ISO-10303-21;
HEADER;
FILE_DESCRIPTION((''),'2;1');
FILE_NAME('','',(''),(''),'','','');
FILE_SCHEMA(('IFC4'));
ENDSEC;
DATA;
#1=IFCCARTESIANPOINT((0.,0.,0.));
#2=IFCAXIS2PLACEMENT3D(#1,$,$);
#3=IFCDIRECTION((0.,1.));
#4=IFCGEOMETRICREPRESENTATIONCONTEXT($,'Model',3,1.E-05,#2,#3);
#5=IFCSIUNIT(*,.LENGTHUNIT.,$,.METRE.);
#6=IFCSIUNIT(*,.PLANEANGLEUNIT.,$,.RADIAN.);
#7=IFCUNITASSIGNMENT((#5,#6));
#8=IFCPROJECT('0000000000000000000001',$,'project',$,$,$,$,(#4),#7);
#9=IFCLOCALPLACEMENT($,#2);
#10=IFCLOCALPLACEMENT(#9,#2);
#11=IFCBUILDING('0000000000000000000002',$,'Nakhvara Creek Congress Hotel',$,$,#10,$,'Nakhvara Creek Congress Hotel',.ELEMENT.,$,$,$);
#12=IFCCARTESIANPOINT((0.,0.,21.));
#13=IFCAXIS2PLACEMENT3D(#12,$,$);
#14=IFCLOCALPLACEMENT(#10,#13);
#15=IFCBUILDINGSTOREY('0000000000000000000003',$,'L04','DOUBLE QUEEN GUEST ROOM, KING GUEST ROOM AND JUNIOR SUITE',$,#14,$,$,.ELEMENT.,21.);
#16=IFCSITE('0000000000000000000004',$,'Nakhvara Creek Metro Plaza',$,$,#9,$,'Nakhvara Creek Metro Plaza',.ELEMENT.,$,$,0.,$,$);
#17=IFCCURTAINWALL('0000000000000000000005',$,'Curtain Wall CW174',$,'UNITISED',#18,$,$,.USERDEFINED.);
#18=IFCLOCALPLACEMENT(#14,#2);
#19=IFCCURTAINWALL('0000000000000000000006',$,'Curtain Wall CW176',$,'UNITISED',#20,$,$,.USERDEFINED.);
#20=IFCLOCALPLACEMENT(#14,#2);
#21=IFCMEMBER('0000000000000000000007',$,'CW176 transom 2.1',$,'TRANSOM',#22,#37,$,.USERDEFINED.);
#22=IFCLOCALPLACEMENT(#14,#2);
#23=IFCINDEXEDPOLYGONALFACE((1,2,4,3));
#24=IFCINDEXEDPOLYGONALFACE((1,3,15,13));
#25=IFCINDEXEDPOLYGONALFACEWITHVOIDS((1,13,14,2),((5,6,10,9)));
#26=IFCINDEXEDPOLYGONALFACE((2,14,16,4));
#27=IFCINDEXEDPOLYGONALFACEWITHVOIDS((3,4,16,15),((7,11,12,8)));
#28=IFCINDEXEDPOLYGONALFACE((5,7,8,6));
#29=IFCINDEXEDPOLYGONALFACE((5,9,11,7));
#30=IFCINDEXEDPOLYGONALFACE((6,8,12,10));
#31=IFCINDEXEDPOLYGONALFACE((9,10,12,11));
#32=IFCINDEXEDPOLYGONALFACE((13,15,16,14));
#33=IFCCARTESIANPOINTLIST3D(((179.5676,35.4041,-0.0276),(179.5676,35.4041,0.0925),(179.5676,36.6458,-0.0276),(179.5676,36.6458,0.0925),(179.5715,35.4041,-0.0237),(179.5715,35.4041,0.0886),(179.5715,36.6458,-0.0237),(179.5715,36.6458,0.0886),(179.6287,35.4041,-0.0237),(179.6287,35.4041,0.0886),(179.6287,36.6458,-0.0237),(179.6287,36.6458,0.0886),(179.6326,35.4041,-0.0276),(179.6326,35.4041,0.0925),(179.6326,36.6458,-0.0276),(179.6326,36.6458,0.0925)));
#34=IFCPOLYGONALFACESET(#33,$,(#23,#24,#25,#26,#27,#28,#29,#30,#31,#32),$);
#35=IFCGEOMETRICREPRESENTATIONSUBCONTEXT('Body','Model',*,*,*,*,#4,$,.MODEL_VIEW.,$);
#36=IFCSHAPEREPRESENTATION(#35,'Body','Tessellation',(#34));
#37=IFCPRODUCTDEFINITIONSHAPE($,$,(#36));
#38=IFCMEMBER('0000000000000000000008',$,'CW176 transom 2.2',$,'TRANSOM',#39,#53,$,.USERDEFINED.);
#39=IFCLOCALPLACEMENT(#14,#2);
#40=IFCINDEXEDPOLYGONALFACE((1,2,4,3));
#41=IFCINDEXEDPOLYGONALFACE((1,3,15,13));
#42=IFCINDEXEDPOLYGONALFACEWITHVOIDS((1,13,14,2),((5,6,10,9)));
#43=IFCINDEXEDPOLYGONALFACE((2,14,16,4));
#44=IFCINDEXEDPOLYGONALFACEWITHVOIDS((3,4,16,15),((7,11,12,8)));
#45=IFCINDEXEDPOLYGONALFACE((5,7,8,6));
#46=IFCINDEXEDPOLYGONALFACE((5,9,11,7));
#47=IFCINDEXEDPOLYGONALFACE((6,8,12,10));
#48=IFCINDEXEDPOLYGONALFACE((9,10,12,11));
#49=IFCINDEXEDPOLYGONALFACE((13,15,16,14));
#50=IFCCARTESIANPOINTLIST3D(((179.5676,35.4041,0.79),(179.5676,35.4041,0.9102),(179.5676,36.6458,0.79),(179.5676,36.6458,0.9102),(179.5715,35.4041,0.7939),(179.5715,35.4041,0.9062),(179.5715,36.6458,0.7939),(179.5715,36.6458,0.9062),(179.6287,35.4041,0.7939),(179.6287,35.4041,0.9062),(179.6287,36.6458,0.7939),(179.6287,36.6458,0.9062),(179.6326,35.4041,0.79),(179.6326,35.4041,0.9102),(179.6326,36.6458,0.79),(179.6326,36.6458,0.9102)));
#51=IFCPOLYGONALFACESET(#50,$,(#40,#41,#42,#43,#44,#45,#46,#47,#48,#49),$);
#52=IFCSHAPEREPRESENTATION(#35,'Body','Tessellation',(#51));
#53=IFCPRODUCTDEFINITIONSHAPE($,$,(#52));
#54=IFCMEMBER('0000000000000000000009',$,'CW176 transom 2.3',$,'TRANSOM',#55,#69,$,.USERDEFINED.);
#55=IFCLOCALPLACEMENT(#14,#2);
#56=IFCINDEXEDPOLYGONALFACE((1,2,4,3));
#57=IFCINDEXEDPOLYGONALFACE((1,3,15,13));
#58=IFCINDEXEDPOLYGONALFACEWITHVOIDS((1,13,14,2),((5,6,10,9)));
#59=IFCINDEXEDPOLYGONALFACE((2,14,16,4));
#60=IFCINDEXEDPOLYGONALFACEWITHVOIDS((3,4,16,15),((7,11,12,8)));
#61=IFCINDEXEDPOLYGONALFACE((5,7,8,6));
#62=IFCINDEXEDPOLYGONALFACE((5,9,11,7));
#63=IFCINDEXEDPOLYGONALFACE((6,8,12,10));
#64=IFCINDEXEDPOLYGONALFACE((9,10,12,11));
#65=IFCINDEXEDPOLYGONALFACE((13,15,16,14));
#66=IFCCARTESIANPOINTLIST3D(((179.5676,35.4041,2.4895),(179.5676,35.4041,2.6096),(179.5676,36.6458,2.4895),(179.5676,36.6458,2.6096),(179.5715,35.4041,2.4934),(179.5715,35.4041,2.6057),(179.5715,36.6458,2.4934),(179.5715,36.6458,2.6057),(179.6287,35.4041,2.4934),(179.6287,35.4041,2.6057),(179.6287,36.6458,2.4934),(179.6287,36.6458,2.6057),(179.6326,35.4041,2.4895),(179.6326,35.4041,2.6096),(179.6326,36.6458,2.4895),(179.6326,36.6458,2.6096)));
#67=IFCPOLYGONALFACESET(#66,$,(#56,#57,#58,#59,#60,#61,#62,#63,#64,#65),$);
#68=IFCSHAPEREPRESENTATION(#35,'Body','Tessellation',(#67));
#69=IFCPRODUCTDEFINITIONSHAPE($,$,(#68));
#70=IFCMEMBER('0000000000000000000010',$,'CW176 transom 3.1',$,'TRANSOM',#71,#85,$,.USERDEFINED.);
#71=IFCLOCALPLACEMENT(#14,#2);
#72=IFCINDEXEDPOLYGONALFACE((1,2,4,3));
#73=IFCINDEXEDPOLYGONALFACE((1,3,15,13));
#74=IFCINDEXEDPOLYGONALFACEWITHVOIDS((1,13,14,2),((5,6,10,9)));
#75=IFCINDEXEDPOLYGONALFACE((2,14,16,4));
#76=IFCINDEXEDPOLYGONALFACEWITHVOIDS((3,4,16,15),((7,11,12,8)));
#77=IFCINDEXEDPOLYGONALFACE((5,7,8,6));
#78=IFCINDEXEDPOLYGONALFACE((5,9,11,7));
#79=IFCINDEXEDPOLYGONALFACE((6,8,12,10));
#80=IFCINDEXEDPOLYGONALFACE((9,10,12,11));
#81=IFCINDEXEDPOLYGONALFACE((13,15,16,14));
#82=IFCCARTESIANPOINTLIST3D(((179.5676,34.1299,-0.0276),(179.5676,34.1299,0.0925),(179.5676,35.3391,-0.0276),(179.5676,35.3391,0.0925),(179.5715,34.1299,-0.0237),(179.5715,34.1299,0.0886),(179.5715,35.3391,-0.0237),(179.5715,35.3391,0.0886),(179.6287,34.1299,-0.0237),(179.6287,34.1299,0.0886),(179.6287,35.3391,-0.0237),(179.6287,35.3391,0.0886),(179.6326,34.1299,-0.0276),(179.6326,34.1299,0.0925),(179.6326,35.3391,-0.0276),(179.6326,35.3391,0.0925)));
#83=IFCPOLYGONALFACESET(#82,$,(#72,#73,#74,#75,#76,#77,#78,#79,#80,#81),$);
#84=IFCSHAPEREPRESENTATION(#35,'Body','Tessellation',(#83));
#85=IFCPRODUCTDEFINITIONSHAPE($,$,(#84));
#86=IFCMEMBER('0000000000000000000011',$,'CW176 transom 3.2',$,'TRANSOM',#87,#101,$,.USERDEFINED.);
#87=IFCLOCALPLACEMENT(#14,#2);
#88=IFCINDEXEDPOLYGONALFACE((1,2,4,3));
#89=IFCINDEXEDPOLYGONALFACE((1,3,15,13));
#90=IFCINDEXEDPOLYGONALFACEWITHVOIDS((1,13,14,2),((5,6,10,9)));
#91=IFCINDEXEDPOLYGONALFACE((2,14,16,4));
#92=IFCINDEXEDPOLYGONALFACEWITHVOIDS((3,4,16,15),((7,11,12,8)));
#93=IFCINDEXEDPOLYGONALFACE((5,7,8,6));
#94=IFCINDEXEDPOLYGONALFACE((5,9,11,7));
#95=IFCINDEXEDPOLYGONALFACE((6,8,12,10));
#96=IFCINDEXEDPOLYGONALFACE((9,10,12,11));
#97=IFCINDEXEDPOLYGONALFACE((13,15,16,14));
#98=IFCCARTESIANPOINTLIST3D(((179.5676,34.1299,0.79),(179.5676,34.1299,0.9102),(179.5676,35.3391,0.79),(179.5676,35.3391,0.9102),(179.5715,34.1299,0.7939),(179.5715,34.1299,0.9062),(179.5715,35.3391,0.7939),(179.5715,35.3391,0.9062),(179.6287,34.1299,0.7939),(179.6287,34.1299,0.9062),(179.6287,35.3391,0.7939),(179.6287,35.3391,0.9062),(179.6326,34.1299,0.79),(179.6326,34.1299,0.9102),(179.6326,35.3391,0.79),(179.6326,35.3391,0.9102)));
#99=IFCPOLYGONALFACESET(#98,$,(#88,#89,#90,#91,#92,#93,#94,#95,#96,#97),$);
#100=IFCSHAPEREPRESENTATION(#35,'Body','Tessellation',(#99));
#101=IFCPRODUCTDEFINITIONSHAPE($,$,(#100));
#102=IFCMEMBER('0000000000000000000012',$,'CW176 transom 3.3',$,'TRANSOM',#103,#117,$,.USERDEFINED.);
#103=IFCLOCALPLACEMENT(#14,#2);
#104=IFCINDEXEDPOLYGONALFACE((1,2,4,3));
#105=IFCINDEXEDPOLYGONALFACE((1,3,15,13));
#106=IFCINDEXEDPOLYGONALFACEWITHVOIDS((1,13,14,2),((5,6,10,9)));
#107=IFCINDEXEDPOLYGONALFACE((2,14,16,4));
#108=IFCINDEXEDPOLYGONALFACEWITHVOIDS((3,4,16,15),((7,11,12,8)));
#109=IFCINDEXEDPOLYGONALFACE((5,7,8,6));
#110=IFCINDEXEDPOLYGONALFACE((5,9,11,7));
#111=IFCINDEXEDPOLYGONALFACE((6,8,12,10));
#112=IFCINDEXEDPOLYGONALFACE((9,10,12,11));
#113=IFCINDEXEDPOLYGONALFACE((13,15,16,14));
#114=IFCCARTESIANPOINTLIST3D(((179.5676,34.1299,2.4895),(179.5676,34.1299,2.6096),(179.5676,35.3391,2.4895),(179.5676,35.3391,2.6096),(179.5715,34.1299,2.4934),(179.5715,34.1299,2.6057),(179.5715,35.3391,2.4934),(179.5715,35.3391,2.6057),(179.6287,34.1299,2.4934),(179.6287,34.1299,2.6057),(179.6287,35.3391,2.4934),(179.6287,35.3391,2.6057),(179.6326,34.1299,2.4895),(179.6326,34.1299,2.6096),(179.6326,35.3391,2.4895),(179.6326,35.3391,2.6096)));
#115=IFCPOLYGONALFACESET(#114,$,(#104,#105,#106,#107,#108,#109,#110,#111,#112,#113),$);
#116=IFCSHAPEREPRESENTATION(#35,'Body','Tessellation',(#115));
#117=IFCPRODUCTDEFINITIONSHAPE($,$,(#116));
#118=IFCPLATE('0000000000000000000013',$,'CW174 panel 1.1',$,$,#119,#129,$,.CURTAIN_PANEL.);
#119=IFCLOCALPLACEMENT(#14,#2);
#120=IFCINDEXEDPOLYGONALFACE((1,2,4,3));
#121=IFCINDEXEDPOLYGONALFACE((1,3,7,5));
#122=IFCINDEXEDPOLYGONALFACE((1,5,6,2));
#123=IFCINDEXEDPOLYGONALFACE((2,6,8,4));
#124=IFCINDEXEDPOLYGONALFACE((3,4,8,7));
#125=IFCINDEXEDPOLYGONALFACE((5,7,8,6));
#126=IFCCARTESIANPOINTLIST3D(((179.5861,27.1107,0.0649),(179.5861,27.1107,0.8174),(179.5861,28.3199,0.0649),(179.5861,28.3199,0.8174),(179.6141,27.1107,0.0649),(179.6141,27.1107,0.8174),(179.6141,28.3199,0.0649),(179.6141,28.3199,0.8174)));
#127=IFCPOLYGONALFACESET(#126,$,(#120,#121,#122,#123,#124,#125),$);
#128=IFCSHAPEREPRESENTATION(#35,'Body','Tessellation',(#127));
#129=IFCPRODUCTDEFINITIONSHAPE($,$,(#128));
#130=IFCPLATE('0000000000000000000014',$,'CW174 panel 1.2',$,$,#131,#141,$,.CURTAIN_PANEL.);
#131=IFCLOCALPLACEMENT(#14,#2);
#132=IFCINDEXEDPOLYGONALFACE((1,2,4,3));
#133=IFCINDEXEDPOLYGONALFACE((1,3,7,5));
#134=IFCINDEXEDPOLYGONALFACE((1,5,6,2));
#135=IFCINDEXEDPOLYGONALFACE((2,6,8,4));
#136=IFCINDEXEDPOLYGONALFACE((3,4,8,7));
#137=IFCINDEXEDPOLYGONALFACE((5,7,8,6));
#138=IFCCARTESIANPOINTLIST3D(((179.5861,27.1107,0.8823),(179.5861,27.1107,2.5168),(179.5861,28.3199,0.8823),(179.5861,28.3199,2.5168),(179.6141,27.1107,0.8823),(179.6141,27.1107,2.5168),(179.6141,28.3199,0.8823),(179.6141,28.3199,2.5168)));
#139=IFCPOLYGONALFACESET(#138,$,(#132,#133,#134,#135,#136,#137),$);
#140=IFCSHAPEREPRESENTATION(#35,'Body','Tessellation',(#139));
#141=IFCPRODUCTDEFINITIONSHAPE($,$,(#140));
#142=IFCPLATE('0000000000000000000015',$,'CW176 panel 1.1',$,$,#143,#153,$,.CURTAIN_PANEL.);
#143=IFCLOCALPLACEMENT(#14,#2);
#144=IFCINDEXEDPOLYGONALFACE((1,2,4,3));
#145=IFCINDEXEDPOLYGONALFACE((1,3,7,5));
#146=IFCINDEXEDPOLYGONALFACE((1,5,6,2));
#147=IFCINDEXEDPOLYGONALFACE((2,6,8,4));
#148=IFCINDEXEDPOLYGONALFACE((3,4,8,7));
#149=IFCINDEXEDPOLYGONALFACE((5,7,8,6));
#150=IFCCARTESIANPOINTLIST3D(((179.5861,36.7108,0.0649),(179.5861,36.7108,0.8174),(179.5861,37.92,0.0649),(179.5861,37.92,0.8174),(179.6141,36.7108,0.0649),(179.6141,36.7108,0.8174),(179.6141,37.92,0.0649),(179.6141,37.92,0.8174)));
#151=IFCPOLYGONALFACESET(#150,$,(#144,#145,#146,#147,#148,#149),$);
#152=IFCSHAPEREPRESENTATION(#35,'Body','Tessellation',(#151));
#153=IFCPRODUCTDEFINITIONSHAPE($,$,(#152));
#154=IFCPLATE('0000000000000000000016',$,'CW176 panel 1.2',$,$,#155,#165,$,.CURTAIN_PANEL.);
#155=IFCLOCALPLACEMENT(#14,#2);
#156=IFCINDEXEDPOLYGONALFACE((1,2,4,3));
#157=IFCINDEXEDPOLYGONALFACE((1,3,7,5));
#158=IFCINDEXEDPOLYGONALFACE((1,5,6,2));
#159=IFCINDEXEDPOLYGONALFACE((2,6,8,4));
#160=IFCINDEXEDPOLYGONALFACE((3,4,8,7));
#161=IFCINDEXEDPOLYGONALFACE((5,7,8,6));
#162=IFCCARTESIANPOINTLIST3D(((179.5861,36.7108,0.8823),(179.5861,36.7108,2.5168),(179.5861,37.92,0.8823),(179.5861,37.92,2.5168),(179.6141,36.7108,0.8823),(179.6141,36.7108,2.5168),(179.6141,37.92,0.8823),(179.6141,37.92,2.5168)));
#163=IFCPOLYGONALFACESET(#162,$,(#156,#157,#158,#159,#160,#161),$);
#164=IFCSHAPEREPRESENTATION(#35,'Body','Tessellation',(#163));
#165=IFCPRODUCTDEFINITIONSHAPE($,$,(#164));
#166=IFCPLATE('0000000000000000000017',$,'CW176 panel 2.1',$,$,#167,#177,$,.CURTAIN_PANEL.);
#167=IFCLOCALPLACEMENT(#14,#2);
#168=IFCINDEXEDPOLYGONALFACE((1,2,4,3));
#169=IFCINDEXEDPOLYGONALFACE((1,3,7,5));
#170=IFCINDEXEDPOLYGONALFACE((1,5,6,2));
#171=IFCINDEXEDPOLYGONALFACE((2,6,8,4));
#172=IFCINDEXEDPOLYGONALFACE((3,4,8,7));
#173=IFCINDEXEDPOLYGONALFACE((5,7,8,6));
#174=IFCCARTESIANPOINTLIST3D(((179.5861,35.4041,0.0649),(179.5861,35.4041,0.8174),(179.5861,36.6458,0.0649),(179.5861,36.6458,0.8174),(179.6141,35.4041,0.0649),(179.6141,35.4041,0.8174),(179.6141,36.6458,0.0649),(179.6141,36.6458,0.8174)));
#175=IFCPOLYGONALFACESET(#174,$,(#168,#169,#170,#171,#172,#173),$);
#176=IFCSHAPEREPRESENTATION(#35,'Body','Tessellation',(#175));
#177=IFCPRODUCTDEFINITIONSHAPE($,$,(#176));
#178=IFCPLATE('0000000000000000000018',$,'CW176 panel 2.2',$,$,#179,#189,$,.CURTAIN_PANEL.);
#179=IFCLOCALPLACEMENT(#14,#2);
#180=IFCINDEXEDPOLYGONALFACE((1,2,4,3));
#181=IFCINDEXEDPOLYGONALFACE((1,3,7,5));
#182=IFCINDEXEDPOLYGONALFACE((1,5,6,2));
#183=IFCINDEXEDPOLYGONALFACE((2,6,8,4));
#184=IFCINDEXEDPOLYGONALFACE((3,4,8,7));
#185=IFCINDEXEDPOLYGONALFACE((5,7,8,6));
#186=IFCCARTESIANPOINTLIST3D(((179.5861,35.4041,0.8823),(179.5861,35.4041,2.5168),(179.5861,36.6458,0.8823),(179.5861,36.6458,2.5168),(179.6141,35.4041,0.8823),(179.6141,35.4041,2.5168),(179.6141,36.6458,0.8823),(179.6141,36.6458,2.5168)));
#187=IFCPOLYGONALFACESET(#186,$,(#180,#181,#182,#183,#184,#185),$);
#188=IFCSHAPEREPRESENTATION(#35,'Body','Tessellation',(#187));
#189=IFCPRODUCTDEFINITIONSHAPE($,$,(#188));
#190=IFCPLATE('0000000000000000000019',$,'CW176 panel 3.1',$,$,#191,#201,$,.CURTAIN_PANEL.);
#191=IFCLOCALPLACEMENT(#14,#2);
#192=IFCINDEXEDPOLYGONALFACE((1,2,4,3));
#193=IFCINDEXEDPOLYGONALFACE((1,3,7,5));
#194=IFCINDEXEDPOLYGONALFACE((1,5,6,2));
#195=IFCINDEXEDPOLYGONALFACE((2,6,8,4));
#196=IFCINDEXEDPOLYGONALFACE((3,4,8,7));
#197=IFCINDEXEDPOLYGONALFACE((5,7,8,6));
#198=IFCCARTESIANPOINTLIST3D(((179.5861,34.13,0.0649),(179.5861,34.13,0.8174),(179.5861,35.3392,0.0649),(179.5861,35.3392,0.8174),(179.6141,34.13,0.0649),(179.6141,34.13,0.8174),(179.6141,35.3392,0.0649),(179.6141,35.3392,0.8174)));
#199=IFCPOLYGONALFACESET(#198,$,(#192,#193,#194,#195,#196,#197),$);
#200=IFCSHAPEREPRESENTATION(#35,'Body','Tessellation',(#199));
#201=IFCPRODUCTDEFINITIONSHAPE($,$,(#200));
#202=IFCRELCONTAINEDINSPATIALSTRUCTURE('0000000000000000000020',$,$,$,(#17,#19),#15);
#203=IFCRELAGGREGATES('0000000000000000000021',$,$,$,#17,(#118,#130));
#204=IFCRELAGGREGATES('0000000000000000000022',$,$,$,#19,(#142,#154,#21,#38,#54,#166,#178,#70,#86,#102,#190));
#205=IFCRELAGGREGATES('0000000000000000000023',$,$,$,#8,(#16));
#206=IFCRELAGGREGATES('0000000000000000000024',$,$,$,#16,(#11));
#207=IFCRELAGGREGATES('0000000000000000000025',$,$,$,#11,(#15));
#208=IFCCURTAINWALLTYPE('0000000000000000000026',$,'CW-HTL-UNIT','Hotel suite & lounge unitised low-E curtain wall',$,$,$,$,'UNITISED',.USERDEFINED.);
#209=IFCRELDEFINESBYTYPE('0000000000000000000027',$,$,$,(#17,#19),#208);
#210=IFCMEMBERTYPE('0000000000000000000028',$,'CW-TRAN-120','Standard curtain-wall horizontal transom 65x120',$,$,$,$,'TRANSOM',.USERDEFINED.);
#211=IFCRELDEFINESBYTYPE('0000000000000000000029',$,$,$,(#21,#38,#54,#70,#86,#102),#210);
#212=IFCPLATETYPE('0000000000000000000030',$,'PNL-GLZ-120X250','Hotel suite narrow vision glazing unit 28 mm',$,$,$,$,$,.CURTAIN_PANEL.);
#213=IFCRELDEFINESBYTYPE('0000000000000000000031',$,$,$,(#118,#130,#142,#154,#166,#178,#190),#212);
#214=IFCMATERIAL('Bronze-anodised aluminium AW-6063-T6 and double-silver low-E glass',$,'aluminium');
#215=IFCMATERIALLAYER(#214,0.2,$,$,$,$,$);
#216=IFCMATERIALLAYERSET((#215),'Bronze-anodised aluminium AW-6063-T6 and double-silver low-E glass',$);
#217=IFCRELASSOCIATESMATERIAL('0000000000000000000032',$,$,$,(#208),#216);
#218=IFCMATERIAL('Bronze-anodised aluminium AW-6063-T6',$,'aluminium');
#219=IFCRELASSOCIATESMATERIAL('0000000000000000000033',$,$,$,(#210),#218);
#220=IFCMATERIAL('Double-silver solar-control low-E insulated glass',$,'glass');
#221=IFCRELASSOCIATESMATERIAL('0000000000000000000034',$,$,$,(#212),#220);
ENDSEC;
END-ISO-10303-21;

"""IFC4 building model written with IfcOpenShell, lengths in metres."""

from ifc_helpers import new_model, si_unit, direction, frame, origin, origin_2d, place, context, subcontext, project, spatial, rectangle, hollow_rectangle, extrude, material, layer, layer_set, material_profile, profile_set, type_object, element, aggregate, save


model = new_model("IFC4")

# Units and contexts
model_context = context("Model", 3, precision=1e-05, world=origin(), true_north=direction((0.0, 1.0)))
body_context = subcontext(model_context, "Body", "Model", "MODEL_VIEW")
ifc_project = project(units=[si_unit("LENGTHUNIT", "METRE"), si_unit("PLANEANGLEUNIT", "RADIAN")], contexts=[model_context])

# Site, building, storey
site_placement = place(None, origin())
site = spatial("IfcSite", under=ifc_project, at=site_placement, Name="Nakhvara Creek Metro Plaza", LongName="Nakhvara Creek Metro Plaza", CompositionType="ELEMENT", RefElevation=0.0)
building_placement = place(site_placement, origin())
building = spatial("IfcBuilding", under=site, at=building_placement, Name="Nakhvara Creek Congress Hotel", LongName="Nakhvara Creek Congress Hotel", CompositionType="ELEMENT")
storey_placement = place(building_placement, frame((0.0, 0.0, 21.0)))
storey = spatial("IfcBuildingStorey", under=building, at=storey_placement, Name="L04", Description="DOUBLE QUEEN GUEST ROOM, KING GUEST ROOM AND JUNIOR SUITE", CompositionType="ELEMENT", Elevation=21.0)

# Curtain wall
ifc_material_1 = material(Name="Bronze-anodised aluminium AW-6063-T6 and double-silver low-E glass", Category="aluminium")
ifc_layer_1 = layer(ifc_material_1, 0.2)
ifc_layer_set_1 = layer_set([ifc_layer_1], Name="Bronze-anodised aluminium AW-6063-T6 and double-silver low-E glass")
curtain_wall_type = type_object("IfcCurtainWallType", Name="CW-HTL-UNIT", Description="Hotel suite & lounge unitised low-E curtain wall", ElementType="UNITISED", PredefinedType="USERDEFINED", material=ifc_layer_set_1)
curtain_wall_1_placement = place(storey_placement, origin())
curtain_wall_1 = element("IfcCurtainWall", 1, at=curtain_wall_1_placement, inside=storey, type_object=curtain_wall_type, Name="Curtain Wall CW174", ObjectType="UNITISED", PredefinedType="USERDEFINED")
ifc_material_2 = material(Name="Bronze-anodised aluminium AW-6063-T6", Category="aluminium")

# Curtain wall
curtain_wall_2_placement = place(storey_placement, origin())
curtain_wall_2 = element("IfcCurtainWall", 2, at=curtain_wall_2_placement, inside=storey, type_object=curtain_wall_type, Name="Curtain Wall CW176", ObjectType="UNITISED", PredefinedType="USERDEFINED")

# Members
ifc_material_profile_1 = material_profile(ifc_material_2, hollow_rectangle(XDim=0.0649, YDim=0.1201, WallThickness=0.0039, at=origin_2d()), Name="ALU-TRAN 65x120x4", Category="LoadBearing")
ifc_profile_set_1 = profile_set([ifc_material_profile_1], Name="Bronze-anodised aluminium AW-6063-T6")
member_type_1 = type_object("IfcMemberType", Name="CW-TRAN-120", Description="Standard curtain-wall horizontal transom 65x120", ElementType="TRANSOM", PredefinedType="USERDEFINED", material=ifc_profile_set_1)
member_1_placement = place(storey_placement, frame((179.6001, 36.6458, 0.0325), z_axis=(0.0, -1.0, 0.0), x_axis=(1.0, 0.0, 0.0)))
member_1 = element("IfcMember", 3, at=member_1_placement, type_object=member_type_1, Name="CW176 transom 2.1", ObjectType="TRANSOM", PredefinedType="USERDEFINED", context=body_context, shape_type="SweptSolid", body=[
    extrude(hollow_rectangle(XDim=0.0649, YDim=0.1201, WallThickness=0.0039, at=origin_2d()), origin(), (0.0, 0.0, 1.0), 1.2417),
])
member_2_placement = place(storey_placement, frame((179.6001, 36.6458, 0.8501), z_axis=(0.0, -1.0, 0.0), x_axis=(1.0, 0.0, 0.0)))
member_2 = element("IfcMember", 4, at=member_2_placement, type_object=member_type_1, Name="CW176 transom 2.2", ObjectType="TRANSOM", PredefinedType="USERDEFINED", context=body_context, shape_type="SweptSolid", body=[
    extrude(hollow_rectangle(XDim=0.0649, YDim=0.1201, WallThickness=0.0039, at=origin_2d()), origin(), (0.0, 0.0, 1.0), 1.2417),
])
member_3_placement = place(storey_placement, frame((179.6001, 36.6458, 2.5496), z_axis=(0.0, -1.0, 0.0), x_axis=(1.0, 0.0, 0.0)))
member_3 = element("IfcMember", 5, at=member_3_placement, type_object=member_type_1, Name="CW176 transom 2.3", ObjectType="TRANSOM", PredefinedType="USERDEFINED", context=body_context, shape_type="SweptSolid", body=[
    extrude(hollow_rectangle(XDim=0.0649, YDim=0.1201, WallThickness=0.0039, at=origin_2d()), origin(), (0.0, 0.0, 1.0), 1.2417),
])
member_4_placement = place(storey_placement, frame((179.6001, 35.3391, 0.0325), z_axis=(0.0, -1.0, 0.0), x_axis=(1.0, 0.0, 0.0)))
member_4 = element("IfcMember", 6, at=member_4_placement, type_object=member_type_1, Name="CW176 transom 3.1", ObjectType="TRANSOM", PredefinedType="USERDEFINED", context=body_context, shape_type="SweptSolid", body=[
    extrude(hollow_rectangle(XDim=0.0649, YDim=0.1201, WallThickness=0.0039, at=origin_2d()), origin(), (0.0, 0.0, 1.0), 1.2092),
])
member_5_placement = place(storey_placement, frame((179.6001, 35.3391, 0.8501), z_axis=(0.0, -1.0, 0.0), x_axis=(1.0, 0.0, 0.0)))
member_5 = element("IfcMember", 7, at=member_5_placement, type_object=member_type_1, Name="CW176 transom 3.2", ObjectType="TRANSOM", PredefinedType="USERDEFINED", context=body_context, shape_type="SweptSolid", body=[
    extrude(hollow_rectangle(XDim=0.0649, YDim=0.1201, WallThickness=0.0039, at=origin_2d()), origin(), (0.0, 0.0, 1.0), 1.2092),
])
member_6_placement = place(storey_placement, frame((179.6001, 35.3391, 2.5496), z_axis=(0.0, -1.0, 0.0), x_axis=(1.0, 0.0, 0.0)))
member_6 = element("IfcMember", 8, at=member_6_placement, type_object=member_type_1, Name="CW176 transom 3.3", ObjectType="TRANSOM", PredefinedType="USERDEFINED", context=body_context, shape_type="SweptSolid", body=[
    extrude(hollow_rectangle(XDim=0.0649, YDim=0.1201, WallThickness=0.0039, at=origin_2d()), origin(), (0.0, 0.0, 1.0), 1.2092),
])

# Plates
ifc_material_3 = material(Name="Double-silver solar-control low-E insulated glass", Category="glass")
plate_type = type_object("IfcPlateType", Name="PNL-GLZ-120X250", Description="Hotel suite narrow vision glazing unit 28 mm", PredefinedType="CURTAIN_PANEL", material=ifc_material_3)
plate_1_placement = place(storey_placement, frame((179.6001, 27.7153, 0.0649), z_axis=(0.0, 0.0, 1.0), x_axis=(0.0, -1.0, 0.0)))
plate_1 = element("IfcPlate", 9, at=plate_1_placement, type_object=plate_type, Name="CW174 panel 1.1", PredefinedType="CURTAIN_PANEL", context=body_context, shape_type="SweptSolid", body=[
    extrude(rectangle(XDim=1.2092, YDim=0.0281, at=origin_2d()), origin(), (0.0, 0.0, 1.0), 0.7524),
])
plate_2_placement = place(storey_placement, frame((179.6001, 27.7153, 0.8823), z_axis=(0.0, 0.0, 1.0), x_axis=(0.0, -1.0, 0.0)))
plate_2 = element("IfcPlate", 10, at=plate_2_placement, type_object=plate_type, Name="CW174 panel 1.2", PredefinedType="CURTAIN_PANEL", context=body_context, shape_type="SweptSolid", body=[
    extrude(rectangle(XDim=1.2092, YDim=0.0281, at=origin_2d()), origin(), (0.0, 0.0, 1.0), 1.6345),
])
aggregate(curtain_wall_1, [plate_1, plate_2])
plate_3_placement = place(storey_placement, frame((179.6001, 37.3154, 0.0649), z_axis=(0.0, 0.0, 1.0), x_axis=(0.0, -1.0, 0.0)))
plate_3 = element("IfcPlate", 11, at=plate_3_placement, type_object=plate_type, Name="CW176 panel 1.1", PredefinedType="CURTAIN_PANEL", context=body_context, shape_type="SweptSolid", body=[
    extrude(rectangle(XDim=1.2092, YDim=0.0281, at=origin_2d()), origin(), (0.0, 0.0, 1.0), 0.7524),
])
plate_4_placement = place(storey_placement, frame((179.6001, 37.3154, 0.8823), z_axis=(0.0, 0.0, 1.0), x_axis=(0.0, -1.0, 0.0)))
plate_4 = element("IfcPlate", 12, at=plate_4_placement, type_object=plate_type, Name="CW176 panel 1.2", PredefinedType="CURTAIN_PANEL", context=body_context, shape_type="SweptSolid", body=[
    extrude(rectangle(XDim=1.2092, YDim=0.0281, at=origin_2d()), origin(), (0.0, 0.0, 1.0), 1.6345),
])
plate_5_placement = place(storey_placement, frame((179.6001, 36.0249, 0.0649), z_axis=(0.0, 0.0, 1.0), x_axis=(0.0, -1.0, 0.0)))
plate_5 = element("IfcPlate", 13, at=plate_5_placement, type_object=plate_type, Name="CW176 panel 2.1", PredefinedType="CURTAIN_PANEL", context=body_context, shape_type="SweptSolid", body=[
    extrude(rectangle(XDim=1.2417, YDim=0.0281, at=origin_2d()), origin(), (0.0, 0.0, 1.0), 0.7524),
])
plate_6_placement = place(storey_placement, frame((179.6001, 36.0249, 0.8823), z_axis=(0.0, 0.0, 1.0), x_axis=(0.0, -1.0, 0.0)))
plate_6 = element("IfcPlate", 14, at=plate_6_placement, type_object=plate_type, Name="CW176 panel 2.2", PredefinedType="CURTAIN_PANEL", context=body_context, shape_type="SweptSolid", body=[
    extrude(rectangle(XDim=1.2417, YDim=0.0281, at=origin_2d()), origin(), (0.0, 0.0, 1.0), 1.6345),
])
plate_7_placement = place(storey_placement, frame((179.6001, 34.7346, 0.0649), z_axis=(0.0, 0.0, 1.0), x_axis=(0.0, -1.0, 0.0)))
plate_7 = element("IfcPlate", 15, at=plate_7_placement, type_object=plate_type, Name="CW176 panel 3.1", PredefinedType="CURTAIN_PANEL", context=body_context, shape_type="SweptSolid", body=[
    extrude(rectangle(XDim=1.2092, YDim=0.0281, at=origin_2d()), origin(), (0.0, 0.0, 1.0), 0.7524),
])
aggregate(curtain_wall_2, [plate_3, plate_4, member_1, member_2, member_3, plate_5, plate_6, member_4, member_5, member_6, plate_7])

save(model, "model.ifc")
